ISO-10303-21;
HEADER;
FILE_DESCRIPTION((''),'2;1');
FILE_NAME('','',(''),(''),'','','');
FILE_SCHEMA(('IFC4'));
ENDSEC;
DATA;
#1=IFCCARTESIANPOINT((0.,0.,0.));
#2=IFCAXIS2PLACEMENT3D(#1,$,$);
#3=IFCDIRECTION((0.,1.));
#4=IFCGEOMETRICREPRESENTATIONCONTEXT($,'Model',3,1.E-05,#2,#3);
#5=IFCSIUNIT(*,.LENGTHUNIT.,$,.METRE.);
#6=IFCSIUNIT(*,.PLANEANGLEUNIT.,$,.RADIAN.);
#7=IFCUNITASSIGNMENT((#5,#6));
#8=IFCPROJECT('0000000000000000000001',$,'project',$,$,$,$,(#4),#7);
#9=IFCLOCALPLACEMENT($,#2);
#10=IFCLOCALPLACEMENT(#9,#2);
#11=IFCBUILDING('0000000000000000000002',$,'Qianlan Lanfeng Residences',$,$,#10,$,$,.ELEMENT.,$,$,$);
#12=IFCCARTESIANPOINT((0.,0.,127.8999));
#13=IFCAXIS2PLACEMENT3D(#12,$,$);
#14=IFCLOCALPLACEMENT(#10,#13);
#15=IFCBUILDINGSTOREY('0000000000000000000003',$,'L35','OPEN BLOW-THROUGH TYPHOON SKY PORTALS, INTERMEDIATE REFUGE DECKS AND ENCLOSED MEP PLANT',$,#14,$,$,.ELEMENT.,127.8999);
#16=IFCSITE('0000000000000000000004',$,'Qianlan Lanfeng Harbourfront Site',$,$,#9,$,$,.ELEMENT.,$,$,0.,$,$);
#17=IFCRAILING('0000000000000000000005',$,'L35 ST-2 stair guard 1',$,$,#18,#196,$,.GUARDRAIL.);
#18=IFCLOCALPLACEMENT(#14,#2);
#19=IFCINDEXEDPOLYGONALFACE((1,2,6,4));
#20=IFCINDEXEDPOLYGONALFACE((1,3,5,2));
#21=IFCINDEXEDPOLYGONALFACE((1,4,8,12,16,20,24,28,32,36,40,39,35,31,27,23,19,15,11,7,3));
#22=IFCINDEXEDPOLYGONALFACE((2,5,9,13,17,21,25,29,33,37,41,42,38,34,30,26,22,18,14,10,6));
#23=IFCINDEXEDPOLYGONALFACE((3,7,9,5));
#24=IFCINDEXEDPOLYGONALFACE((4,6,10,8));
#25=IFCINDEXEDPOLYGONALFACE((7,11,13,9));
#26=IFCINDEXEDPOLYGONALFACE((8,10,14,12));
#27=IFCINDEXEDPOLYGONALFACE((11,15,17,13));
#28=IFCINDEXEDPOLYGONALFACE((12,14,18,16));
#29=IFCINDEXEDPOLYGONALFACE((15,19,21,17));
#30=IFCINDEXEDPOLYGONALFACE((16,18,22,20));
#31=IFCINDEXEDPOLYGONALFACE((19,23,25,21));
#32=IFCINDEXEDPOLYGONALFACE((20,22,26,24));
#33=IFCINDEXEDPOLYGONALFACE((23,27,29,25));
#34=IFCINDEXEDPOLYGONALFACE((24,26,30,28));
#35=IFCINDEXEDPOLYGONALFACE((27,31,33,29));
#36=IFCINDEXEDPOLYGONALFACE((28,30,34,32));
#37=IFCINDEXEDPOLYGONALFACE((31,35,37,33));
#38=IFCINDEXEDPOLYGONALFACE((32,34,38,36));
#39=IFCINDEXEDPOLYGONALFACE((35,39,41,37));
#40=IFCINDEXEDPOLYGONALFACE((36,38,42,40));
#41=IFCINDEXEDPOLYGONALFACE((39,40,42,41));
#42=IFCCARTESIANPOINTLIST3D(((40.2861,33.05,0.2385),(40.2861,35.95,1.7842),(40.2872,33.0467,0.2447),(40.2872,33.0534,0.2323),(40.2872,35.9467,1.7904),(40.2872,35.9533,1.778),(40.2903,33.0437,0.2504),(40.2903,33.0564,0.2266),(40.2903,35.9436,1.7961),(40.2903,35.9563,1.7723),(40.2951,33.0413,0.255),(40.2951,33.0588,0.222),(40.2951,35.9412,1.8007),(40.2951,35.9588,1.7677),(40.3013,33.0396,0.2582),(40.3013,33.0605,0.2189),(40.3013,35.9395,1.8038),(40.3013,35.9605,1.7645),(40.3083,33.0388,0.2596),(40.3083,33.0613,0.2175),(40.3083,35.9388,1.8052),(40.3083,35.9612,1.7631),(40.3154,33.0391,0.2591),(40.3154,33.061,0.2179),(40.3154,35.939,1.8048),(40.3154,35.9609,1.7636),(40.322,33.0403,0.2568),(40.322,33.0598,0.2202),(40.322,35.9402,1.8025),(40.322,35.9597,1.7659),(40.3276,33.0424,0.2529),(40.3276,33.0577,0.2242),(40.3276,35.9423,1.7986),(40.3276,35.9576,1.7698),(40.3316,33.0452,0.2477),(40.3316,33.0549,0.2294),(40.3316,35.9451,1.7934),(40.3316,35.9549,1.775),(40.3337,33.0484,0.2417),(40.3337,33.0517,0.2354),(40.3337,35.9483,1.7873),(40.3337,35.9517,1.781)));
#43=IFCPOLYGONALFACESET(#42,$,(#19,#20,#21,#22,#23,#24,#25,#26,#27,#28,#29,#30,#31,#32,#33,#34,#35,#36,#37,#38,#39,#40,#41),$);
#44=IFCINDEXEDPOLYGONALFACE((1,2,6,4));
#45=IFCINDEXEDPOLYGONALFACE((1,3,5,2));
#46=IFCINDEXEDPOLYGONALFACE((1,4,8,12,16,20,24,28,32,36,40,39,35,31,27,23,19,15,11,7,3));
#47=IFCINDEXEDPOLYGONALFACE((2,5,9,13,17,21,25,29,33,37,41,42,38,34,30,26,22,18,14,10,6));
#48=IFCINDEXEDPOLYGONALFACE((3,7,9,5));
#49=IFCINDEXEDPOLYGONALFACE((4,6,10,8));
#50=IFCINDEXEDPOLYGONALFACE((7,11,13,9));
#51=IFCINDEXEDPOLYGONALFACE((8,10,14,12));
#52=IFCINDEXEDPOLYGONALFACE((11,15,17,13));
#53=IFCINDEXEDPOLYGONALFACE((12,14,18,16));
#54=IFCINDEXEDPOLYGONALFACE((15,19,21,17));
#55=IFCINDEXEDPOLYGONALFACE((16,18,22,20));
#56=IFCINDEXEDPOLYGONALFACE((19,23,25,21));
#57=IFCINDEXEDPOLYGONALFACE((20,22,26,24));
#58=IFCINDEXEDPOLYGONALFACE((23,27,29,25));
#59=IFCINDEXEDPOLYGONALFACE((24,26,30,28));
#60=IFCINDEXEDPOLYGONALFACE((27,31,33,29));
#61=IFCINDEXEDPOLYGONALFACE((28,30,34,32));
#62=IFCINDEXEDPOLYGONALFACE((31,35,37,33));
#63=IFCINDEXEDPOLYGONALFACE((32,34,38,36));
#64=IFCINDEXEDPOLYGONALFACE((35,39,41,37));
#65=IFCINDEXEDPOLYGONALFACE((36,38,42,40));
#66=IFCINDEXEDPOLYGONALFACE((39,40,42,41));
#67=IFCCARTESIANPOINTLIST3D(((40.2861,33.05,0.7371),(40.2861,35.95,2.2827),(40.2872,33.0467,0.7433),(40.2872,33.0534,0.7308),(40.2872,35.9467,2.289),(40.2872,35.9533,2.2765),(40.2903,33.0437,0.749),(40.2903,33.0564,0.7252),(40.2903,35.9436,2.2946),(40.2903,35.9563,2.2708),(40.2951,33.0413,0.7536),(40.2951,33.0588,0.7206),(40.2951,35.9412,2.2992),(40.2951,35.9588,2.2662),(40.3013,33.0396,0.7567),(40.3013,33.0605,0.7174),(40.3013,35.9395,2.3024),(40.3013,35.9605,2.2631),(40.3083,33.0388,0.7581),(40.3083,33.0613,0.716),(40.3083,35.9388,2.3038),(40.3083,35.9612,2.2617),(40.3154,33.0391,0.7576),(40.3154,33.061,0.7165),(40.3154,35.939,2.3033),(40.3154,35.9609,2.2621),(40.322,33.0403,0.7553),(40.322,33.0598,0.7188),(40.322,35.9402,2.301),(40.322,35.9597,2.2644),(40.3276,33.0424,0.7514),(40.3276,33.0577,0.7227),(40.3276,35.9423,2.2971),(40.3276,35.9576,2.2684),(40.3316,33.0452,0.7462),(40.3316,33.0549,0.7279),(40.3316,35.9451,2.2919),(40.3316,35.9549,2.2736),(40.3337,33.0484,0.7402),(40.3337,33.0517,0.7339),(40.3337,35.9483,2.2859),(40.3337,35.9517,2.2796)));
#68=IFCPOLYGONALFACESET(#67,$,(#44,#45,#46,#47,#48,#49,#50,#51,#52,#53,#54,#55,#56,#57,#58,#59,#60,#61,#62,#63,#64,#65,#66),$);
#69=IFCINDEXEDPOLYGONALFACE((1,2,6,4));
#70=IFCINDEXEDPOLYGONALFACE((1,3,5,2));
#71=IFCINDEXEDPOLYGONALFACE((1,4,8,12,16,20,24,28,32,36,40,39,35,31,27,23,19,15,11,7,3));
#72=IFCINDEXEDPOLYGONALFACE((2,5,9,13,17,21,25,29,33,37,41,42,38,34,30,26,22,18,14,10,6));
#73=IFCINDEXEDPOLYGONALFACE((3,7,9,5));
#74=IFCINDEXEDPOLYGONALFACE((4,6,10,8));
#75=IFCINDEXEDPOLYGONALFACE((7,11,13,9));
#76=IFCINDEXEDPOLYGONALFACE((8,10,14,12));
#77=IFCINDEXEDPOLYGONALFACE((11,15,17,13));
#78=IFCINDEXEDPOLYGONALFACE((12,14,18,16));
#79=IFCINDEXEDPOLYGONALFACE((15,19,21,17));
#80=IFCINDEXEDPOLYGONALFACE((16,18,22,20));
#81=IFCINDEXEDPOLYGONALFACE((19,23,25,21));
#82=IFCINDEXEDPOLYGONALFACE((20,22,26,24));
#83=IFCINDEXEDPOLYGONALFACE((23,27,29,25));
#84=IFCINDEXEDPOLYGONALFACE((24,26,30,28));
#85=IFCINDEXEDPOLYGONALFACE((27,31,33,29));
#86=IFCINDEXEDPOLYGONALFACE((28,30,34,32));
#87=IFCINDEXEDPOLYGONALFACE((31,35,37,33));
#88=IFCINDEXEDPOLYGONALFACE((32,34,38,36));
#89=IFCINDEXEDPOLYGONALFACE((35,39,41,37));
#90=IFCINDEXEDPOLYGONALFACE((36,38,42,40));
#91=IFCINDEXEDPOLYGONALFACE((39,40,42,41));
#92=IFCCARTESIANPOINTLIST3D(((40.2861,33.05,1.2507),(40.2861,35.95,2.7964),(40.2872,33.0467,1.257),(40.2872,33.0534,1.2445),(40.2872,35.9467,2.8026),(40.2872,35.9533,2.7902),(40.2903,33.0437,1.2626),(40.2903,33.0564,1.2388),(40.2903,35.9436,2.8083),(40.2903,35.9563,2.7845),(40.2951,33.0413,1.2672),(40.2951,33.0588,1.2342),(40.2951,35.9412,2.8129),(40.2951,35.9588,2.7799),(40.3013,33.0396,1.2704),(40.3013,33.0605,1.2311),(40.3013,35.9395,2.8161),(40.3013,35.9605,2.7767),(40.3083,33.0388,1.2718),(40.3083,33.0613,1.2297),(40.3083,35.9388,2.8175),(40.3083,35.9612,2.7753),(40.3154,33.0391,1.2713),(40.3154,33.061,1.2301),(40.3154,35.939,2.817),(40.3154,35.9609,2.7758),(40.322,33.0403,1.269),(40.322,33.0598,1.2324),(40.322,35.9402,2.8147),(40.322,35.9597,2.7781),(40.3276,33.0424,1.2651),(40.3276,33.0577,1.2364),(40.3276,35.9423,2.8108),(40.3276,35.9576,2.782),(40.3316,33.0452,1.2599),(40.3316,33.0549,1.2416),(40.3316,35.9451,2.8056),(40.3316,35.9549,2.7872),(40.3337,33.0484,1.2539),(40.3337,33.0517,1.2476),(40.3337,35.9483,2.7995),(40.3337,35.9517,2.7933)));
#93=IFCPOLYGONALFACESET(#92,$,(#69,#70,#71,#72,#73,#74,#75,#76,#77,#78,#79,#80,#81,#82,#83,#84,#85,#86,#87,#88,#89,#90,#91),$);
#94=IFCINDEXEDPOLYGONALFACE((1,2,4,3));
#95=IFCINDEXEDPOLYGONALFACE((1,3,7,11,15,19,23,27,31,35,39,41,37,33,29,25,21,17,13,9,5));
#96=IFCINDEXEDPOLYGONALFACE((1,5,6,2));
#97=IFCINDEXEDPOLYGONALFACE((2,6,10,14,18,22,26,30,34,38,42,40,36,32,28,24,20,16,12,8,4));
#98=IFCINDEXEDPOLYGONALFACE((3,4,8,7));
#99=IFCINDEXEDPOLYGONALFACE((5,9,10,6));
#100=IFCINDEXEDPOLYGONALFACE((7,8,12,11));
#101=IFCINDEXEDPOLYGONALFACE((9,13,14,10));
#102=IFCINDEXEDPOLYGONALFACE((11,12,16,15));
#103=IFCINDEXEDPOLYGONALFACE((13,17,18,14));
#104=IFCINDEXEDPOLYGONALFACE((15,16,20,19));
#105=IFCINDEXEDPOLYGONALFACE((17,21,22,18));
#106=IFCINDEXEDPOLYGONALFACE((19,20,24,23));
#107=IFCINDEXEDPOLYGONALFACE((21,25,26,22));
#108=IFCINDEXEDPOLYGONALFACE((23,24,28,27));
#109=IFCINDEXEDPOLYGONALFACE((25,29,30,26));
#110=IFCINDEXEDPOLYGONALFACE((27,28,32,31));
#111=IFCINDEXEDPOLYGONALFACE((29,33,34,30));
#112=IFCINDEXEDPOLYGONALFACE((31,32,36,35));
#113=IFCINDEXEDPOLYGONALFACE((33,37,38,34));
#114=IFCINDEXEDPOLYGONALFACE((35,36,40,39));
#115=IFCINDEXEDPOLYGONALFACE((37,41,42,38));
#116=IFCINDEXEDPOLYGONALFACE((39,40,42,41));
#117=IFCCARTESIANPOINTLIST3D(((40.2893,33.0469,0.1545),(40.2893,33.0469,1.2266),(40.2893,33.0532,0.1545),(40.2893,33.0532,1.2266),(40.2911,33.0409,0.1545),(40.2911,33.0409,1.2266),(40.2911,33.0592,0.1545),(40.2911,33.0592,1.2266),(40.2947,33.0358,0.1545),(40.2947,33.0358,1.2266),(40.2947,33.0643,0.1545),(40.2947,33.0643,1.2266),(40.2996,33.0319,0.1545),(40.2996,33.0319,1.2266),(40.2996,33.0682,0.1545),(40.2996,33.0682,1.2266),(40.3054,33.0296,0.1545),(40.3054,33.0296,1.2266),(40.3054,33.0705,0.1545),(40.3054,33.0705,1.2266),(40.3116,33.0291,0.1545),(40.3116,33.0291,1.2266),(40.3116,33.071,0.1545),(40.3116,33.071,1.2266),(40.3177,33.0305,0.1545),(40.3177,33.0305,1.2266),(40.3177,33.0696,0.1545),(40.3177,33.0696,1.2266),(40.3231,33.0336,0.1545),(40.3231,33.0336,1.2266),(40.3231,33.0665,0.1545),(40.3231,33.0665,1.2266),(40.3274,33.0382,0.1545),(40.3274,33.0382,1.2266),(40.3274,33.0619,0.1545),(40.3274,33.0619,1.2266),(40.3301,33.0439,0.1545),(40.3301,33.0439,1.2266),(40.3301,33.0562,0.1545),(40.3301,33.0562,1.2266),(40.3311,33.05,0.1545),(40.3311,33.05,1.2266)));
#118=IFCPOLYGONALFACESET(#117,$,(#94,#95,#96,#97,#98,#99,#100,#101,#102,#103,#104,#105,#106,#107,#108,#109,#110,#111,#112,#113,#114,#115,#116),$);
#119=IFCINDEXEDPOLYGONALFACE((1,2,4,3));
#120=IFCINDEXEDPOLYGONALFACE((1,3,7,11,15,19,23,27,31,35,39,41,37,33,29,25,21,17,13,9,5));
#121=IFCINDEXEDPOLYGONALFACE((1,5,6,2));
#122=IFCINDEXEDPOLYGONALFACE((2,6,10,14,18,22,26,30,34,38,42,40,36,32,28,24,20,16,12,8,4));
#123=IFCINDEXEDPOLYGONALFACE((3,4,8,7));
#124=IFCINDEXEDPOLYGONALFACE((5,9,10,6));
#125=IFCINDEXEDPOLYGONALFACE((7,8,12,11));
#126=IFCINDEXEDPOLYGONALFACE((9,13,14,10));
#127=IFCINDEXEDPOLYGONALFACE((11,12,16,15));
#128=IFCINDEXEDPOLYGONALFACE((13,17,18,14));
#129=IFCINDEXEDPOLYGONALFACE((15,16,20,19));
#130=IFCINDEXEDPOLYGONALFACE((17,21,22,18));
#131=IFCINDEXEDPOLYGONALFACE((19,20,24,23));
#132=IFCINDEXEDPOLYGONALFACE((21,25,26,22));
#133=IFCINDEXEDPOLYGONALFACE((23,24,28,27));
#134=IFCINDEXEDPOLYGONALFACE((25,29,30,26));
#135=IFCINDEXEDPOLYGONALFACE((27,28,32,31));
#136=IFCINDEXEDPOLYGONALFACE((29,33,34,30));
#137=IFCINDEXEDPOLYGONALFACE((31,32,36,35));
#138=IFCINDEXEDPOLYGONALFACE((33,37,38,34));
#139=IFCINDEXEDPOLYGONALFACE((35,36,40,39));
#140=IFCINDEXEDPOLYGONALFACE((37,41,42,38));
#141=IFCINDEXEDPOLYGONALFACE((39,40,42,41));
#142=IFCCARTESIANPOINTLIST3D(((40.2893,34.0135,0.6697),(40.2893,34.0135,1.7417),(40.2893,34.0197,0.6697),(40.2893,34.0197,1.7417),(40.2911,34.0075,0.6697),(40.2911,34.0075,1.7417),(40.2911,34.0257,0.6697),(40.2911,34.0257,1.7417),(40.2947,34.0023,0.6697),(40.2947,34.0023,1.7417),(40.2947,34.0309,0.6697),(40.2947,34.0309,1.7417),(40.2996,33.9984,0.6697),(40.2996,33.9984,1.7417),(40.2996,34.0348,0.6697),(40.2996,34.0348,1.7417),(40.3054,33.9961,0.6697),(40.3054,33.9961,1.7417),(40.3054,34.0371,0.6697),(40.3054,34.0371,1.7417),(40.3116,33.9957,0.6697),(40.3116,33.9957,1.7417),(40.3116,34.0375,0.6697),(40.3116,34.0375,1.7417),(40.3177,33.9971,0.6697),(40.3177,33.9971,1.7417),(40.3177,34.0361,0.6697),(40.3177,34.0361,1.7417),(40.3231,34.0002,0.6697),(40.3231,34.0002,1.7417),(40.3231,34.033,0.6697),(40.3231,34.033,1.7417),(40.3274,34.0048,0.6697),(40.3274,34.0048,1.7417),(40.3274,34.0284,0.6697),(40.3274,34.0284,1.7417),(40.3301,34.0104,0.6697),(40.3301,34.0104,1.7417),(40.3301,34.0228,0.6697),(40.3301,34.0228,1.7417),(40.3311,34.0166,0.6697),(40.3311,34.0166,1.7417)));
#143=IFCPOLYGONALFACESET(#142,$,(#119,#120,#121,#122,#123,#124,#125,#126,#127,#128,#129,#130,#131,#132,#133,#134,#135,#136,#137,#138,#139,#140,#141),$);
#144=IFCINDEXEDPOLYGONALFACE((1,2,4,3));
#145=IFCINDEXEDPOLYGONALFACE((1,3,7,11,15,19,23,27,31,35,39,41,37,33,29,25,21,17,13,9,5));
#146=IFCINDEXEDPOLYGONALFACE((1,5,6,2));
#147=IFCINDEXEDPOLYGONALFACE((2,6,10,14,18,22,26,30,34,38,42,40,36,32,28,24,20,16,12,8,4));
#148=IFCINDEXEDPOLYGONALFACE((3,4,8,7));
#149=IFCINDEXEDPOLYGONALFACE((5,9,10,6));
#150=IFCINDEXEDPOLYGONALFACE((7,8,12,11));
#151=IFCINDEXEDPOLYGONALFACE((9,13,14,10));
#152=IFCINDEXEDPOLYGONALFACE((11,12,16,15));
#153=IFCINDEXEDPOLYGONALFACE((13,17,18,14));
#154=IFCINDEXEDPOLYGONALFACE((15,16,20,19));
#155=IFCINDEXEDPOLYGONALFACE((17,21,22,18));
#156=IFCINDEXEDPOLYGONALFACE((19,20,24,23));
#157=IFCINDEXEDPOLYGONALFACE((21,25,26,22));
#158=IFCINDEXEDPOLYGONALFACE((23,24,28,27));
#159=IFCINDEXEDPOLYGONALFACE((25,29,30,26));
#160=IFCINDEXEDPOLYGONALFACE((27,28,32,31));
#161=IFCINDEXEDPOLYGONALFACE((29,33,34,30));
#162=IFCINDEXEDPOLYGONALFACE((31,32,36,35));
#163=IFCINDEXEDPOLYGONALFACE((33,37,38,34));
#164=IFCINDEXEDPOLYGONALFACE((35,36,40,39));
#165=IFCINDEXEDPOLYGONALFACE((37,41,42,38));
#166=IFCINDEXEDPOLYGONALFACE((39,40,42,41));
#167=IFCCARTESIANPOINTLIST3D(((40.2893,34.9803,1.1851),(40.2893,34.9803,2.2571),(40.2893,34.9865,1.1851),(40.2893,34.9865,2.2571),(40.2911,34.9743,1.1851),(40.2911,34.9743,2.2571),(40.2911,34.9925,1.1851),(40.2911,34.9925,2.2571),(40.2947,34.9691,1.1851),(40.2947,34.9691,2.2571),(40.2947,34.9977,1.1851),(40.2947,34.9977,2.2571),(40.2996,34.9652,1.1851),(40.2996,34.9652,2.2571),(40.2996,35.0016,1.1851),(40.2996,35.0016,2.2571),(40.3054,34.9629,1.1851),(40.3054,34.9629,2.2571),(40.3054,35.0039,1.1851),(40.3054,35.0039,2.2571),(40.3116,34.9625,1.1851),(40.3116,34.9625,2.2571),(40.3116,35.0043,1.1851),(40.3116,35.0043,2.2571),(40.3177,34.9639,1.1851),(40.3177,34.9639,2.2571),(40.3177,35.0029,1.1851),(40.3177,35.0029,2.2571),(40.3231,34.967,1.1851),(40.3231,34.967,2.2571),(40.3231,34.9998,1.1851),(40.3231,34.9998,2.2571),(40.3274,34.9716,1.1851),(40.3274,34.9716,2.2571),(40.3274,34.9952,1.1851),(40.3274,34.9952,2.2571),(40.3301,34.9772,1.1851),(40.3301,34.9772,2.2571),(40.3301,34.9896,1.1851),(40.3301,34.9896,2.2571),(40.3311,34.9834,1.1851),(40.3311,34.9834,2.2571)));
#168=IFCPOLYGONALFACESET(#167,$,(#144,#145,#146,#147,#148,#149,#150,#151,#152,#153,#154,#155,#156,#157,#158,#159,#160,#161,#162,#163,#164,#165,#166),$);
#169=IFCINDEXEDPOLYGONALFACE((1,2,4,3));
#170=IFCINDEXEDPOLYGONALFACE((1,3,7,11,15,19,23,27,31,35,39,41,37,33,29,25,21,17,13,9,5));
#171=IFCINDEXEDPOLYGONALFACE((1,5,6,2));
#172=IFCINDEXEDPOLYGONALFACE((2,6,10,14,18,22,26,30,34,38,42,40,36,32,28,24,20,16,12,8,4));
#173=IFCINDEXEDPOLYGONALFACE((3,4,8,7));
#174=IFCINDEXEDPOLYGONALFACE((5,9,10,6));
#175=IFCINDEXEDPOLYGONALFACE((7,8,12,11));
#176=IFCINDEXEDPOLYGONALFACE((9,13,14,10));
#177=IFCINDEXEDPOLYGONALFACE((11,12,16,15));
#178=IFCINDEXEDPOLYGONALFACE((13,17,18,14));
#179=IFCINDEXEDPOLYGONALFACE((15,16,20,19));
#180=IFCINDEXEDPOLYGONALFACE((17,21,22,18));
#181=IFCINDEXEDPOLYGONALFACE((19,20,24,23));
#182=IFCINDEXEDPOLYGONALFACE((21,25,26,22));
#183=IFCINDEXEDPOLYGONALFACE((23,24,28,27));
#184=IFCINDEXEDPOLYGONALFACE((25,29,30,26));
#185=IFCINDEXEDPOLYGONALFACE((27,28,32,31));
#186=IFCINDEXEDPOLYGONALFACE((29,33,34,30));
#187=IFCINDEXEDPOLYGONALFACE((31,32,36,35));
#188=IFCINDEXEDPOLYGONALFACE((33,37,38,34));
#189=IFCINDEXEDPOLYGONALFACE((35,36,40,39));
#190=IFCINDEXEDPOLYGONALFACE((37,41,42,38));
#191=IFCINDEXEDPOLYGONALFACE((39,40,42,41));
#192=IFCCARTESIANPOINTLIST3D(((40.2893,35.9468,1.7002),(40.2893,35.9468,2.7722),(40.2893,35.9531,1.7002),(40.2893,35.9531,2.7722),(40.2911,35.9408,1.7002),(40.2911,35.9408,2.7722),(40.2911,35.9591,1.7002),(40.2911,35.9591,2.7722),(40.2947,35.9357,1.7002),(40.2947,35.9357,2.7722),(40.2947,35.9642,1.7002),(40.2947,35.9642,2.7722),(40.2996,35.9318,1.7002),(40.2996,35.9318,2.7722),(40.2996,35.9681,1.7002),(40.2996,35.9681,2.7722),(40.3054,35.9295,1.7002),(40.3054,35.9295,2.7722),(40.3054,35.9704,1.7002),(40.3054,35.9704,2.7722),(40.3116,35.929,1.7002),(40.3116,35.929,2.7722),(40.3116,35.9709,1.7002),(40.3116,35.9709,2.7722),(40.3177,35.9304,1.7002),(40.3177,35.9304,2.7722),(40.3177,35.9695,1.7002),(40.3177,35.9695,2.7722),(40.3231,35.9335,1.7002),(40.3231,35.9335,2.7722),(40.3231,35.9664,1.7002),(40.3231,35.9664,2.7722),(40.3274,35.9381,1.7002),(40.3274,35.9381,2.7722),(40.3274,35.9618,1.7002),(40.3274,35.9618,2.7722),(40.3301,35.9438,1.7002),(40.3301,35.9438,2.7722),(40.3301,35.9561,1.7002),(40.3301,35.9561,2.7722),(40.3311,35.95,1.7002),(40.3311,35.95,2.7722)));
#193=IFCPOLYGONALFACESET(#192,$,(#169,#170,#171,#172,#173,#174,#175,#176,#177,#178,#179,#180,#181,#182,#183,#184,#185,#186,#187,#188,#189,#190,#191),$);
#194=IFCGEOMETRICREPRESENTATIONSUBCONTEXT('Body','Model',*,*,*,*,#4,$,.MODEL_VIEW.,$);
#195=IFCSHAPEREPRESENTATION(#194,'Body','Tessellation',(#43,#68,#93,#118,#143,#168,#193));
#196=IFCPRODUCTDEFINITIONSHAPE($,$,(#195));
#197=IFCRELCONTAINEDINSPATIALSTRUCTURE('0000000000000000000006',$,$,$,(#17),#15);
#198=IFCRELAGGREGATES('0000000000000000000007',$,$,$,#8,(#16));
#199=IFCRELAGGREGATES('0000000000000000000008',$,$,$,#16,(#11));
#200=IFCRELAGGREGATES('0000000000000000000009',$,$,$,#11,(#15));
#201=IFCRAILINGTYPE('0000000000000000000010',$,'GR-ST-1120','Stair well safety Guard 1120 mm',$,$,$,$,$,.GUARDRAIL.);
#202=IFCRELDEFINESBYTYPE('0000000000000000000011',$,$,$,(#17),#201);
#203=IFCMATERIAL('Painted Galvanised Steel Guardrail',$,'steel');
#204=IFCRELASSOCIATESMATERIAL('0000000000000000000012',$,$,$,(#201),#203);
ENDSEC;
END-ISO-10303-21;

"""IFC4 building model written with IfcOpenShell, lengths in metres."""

from ifc_helpers import new_model, si_unit, direction, frame, origin, origin_2d, place, context, subcontext, project, spatial, circle, extrude, material, type_object, element, save


model = new_model("IFC4")

# Units and contexts
model_context = context("Model", 3, precision=1e-05, world=origin(), true_north=direction((0.0, 1.0)))
body_context = subcontext(model_context, "Body", "Model", "MODEL_VIEW")
ifc_project = project(units=[si_unit("LENGTHUNIT", "METRE"), si_unit("PLANEANGLEUNIT", "RADIAN")], contexts=[model_context])

# Site, building, storey
site_placement = place(None, origin())
site = spatial("IfcSite", under=ifc_project, at=site_placement, Name="Qianlan Lanfeng Harbourfront Site", CompositionType="ELEMENT", RefElevation=0.0)
building_placement = place(site_placement, origin())
building = spatial("IfcBuilding", under=site, at=building_placement, Name="Qianlan Lanfeng Residences", CompositionType="ELEMENT")
storey_placement = place(building_placement, frame((0.0, 0.0, 127.8999)))
storey = spatial("IfcBuildingStorey", under=building, at=storey_placement, Name="L35", Description="OPEN BLOW-THROUGH TYPHOON SKY PORTALS, INTERMEDIATE REFUGE DECKS AND ENCLOSED MEP PLANT", CompositionType="ELEMENT", Elevation=127.8999)

# Railing
ifc_material_1 = material(Name="Painted Galvanised Steel Guardrail", Category="steel")
railing_type_1 = type_object("IfcRailingType", Name="GR-ST-1120", Description="Stair well safety Guard 1120 mm", PredefinedType="GUARDRAIL", material=ifc_material_1)
railing_1_placement = place(storey_placement, frame((40.3101, 33.05, 0.1545)))
element("IfcRailing", 1, at=railing_1_placement, inside=storey, type_object=railing_type_1, Name="L35 ST-2 stair guard 1", PredefinedType="GUARDRAIL", context=body_context, shape_type="SweptSolid", body=[
    extrude(circle(Radius=0.0239, at=origin_2d()), frame((0.0, 0.0, 0.084), z_axis=(0.0, 0.882474, 0.470361), x_axis=(-1.0, 0.0, 0.0)), (0.0, 0.0, 1.0), 3.2861),
    extrude(circle(Radius=0.0239, at=origin_2d()), frame((0.0, 0.0, 0.5825), z_axis=(0.0, 0.882474, 0.470361), x_axis=(-1.0, 0.0, 0.0)), (0.0, 0.0, 1.0), 3.2861),
    extrude(circle(Radius=0.0239, at=origin_2d()), frame((0.0, 0.0, 1.0962), z_axis=(0.0, 0.882474, 0.470361), x_axis=(-1.0, 0.0, 0.0)), (0.0, 0.0, 1.0), 3.2861),
    extrude(circle(Radius=0.021, at=origin_2d()), origin(), (0.0, 0.0, 1.0), 1.072),
    extrude(circle(Radius=0.021, at=origin_2d()), frame((0.0, 0.9666, 0.5151)), (0.0, 0.0, 1.0), 1.072),
    extrude(circle(Radius=0.021, at=origin_2d()), frame((0.0, 1.9333, 1.0305)), (0.0, 0.0, 1.0), 1.072),
    extrude(circle(Radius=0.021, at=origin_2d()), frame((0.0, 2.8999, 1.5457)), (0.0, 0.0, 1.0), 1.072),
])

save(model, "model.ifc")
